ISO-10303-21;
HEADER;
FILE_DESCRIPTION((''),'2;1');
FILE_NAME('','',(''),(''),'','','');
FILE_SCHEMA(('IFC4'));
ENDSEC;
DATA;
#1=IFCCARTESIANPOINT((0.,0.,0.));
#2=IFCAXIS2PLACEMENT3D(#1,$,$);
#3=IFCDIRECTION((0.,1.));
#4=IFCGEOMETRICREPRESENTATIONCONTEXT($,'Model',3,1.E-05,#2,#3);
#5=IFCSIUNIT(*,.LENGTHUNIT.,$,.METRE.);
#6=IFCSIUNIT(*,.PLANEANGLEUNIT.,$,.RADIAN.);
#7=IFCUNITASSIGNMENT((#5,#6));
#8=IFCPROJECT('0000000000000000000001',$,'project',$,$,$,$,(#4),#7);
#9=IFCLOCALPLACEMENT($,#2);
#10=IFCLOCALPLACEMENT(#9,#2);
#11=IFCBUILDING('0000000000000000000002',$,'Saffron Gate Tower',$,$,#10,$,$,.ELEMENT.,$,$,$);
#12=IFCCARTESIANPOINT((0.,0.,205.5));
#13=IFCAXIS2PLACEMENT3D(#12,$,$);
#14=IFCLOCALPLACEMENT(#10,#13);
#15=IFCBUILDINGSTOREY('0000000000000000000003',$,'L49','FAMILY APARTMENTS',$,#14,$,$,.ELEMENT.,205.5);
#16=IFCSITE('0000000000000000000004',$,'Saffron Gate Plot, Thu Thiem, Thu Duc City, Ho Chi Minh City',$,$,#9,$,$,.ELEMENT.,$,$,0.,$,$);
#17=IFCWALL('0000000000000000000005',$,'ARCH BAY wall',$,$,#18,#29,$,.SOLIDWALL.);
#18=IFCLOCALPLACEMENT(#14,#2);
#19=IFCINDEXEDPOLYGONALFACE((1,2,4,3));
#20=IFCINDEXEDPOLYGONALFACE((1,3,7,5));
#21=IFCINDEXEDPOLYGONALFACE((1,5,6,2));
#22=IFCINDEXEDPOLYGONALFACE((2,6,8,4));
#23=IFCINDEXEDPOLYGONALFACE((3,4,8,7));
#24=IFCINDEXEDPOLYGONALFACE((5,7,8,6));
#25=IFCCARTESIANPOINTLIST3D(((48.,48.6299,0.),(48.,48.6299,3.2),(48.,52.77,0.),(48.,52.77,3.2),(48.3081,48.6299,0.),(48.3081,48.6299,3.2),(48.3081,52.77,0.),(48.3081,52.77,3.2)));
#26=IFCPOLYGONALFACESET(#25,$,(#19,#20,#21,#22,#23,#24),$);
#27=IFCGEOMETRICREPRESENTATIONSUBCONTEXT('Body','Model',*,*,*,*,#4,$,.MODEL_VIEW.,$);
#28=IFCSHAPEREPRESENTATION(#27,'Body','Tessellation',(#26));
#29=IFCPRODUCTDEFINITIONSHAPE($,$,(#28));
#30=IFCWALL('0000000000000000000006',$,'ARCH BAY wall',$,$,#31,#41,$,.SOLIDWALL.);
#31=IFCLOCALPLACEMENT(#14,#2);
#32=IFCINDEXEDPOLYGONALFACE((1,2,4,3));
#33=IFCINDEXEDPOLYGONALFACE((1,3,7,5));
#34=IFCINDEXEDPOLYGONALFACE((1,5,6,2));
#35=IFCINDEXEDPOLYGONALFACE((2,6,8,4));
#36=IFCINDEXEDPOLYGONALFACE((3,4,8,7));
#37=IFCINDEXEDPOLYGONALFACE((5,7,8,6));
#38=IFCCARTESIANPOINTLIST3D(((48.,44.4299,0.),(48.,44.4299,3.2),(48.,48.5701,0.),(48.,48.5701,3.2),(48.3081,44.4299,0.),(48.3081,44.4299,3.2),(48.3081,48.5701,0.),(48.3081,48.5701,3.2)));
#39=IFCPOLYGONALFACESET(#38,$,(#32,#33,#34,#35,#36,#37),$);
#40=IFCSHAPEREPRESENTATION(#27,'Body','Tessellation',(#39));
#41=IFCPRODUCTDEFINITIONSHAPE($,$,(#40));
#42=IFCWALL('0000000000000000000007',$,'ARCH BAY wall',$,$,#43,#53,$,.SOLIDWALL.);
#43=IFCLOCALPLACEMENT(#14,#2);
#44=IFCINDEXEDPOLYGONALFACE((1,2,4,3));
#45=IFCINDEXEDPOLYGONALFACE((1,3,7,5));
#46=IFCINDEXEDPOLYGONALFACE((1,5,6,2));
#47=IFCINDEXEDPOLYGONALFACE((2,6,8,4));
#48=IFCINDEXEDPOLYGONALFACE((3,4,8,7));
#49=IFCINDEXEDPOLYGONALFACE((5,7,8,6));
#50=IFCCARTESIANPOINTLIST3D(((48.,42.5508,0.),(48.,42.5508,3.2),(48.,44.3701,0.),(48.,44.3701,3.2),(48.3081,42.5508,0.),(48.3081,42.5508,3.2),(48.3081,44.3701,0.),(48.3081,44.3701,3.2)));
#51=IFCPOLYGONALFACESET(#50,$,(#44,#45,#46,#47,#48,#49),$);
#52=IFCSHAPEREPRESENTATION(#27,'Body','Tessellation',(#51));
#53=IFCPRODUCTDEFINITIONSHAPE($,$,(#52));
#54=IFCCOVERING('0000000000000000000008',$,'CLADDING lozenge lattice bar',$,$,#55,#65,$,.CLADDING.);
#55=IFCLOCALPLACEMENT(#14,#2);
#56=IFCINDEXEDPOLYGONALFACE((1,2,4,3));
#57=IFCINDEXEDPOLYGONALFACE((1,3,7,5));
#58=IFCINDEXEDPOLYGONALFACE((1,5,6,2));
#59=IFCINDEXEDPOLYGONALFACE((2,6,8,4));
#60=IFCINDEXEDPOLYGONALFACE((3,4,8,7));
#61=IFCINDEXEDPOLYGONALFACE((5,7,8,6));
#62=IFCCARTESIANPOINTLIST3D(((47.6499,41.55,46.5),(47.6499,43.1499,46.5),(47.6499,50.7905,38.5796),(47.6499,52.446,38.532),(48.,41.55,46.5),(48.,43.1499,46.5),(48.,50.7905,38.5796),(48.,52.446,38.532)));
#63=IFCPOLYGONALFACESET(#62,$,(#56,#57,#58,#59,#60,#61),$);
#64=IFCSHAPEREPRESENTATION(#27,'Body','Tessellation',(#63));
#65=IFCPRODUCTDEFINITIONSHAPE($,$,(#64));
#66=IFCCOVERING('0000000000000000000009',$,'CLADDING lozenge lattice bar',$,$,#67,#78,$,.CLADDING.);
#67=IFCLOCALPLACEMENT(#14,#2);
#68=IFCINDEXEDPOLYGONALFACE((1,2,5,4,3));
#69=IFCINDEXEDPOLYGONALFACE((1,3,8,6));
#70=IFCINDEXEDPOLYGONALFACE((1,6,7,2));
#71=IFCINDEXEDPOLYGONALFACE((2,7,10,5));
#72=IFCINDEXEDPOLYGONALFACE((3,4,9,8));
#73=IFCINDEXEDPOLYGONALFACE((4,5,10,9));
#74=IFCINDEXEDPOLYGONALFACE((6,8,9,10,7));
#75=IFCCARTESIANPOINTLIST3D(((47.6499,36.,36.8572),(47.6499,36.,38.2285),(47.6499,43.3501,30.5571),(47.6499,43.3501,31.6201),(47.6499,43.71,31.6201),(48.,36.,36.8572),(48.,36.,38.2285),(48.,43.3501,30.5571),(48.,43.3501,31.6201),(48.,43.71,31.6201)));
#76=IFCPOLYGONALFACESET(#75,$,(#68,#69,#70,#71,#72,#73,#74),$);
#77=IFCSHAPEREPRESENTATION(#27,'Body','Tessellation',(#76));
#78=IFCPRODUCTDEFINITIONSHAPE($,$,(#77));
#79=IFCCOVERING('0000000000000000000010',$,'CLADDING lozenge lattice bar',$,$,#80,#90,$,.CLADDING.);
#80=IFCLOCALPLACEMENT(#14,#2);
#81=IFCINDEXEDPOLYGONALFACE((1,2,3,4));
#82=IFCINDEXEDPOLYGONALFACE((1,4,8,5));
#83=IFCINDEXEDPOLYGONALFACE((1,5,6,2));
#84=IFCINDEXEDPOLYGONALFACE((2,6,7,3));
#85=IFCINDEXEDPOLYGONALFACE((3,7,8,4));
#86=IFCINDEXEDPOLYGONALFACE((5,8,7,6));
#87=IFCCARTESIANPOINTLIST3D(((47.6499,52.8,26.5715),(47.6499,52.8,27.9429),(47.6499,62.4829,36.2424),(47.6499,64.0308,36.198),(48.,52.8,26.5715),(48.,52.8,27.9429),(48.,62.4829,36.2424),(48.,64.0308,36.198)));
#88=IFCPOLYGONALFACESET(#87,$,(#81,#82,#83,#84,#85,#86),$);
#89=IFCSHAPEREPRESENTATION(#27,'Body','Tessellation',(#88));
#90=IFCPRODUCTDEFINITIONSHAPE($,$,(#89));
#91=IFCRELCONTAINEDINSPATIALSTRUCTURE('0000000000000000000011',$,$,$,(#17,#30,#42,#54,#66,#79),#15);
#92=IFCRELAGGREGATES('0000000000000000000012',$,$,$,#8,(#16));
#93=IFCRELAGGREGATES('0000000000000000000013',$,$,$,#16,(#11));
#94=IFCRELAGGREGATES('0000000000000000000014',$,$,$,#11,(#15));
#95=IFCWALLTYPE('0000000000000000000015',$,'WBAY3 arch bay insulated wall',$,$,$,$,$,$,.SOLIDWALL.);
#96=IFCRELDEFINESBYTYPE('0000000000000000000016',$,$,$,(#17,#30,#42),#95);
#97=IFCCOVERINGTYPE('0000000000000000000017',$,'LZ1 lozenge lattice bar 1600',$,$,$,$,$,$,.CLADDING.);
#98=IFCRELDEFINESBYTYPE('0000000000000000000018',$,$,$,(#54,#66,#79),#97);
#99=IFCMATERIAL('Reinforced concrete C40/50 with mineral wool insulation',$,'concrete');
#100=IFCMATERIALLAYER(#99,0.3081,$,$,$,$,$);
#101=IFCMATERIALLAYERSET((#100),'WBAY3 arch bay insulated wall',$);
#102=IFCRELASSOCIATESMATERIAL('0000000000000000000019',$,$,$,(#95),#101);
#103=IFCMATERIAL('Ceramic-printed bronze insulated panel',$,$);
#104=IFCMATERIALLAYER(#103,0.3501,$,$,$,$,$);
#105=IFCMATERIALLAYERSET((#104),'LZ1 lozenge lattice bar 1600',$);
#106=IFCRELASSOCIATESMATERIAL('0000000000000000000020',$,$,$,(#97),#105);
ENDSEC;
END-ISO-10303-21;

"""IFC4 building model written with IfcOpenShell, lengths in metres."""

from ifc_helpers import new_model, si_unit, direction, frame, frame_2d, origin, place, context, subcontext, project, spatial, polyline, rectangle, outline, extrude, material, layer, layer_set, type_object, element, save


model = new_model("IFC4")

# Units and contexts
model_context = context("Model", 3, precision=1e-05, world=origin(), true_north=direction((0.0, 1.0)))
body_context = subcontext(model_context, "Body", "Model", "MODEL_VIEW")
ifc_project = project(units=[si_unit("LENGTHUNIT", "METRE"), si_unit("PLANEANGLEUNIT", "RADIAN")], contexts=[model_context])

# Site, building, storey
site_placement = place(None, origin())
site = spatial("IfcSite", under=ifc_project, at=site_placement, Name="Saffron Gate Plot, Thu Thiem, Thu Duc City, Ho Chi Minh City", CompositionType="ELEMENT", RefElevation=0.0)
building_placement = place(site_placement, origin())
building = spatial("IfcBuilding", under=site, at=building_placement, Name="Saffron Gate Tower", CompositionType="ELEMENT")
storey_placement = place(building_placement, frame((0.0, 0.0, 205.5)))
storey = spatial("IfcBuildingStorey", under=building, at=storey_placement, Name="L49", Description="FAMILY APARTMENTS", CompositionType="ELEMENT", Elevation=205.5)

# Walls
ifc_material_1 = material(Name="Reinforced concrete C40/50 with mineral wool insulation", Category="concrete")
ifc_layer_1 = layer(ifc_material_1, 0.3081)
ifc_layer_set_1 = layer_set([ifc_layer_1], Name="WBAY3 arch bay insulated wall")
wall_type_1 = type_object("IfcWallType", Name="WBAY3 arch bay insulated wall", PredefinedType="SOLIDWALL", material=ifc_layer_set_1)
for number, where, z_axis, x_axis, name in (
    (1, (48.1541, 48.6299, 0.0), (0.0, 0.0, 1.0), (0.0, 1.0, 0.0), "ARCH BAY wall"),
    (2, (48.1541, 44.4299, 0.0), (0.0, 0.0, 1.0), (0.0, 1.0, 0.0), "ARCH BAY wall"),
):
    element("IfcWall", number, at=place(storey_placement, frame(where, z_axis=z_axis, x_axis=x_axis)), inside=storey, type_object=wall_type_1, Name=name, PredefinedType="SOLIDWALL", context=body_context, shape_type="SweptSolid", body=[
        extrude(rectangle(XDim=4.1401, YDim=0.3081, at=frame_2d((2.0701, 0.0))), origin(), (0.0, 0.0, 1.0), 3.2),
    ])
wall_1_placement = place(storey_placement, frame((48.1541, 42.5508, 0.0), z_axis=(0.0, 0.0, 1.0), x_axis=(0.0, 1.0, 0.0)))
element("IfcWall", 3, at=wall_1_placement, inside=storey, type_object=wall_type_1, Name="ARCH BAY wall", PredefinedType="SOLIDWALL", context=body_context, shape_type="SweptSolid", body=[
    extrude(rectangle(XDim=1.8193, YDim=0.3081, at=frame_2d((0.9097, 0.0))), origin(), (0.0, 0.0, 1.0), 3.2),
])

# Coverings
ifc_material_2 = material(Name="Ceramic-printed bronze insulated panel")
ifc_layer_2 = layer(ifc_material_2, 0.3501)
ifc_layer_set_2 = layer_set([ifc_layer_2], Name="LZ1 lozenge lattice bar 1600")
covering_type = type_object("IfcCoveringType", Name="LZ1 lozenge lattice bar 1600", PredefinedType="CLADDING", material=ifc_layer_set_2)
covering_1_placement = place(storey_placement, frame((47.6499, 52.446, 38.532), z_axis=(-1.0, 0.0, 0.0), x_axis=(0.0, -0.999587, 0.028745)))
element("IfcCovering", 4, at=covering_1_placement, inside=storey, type_object=covering_type, Name="CLADDING lozenge lattice bar", PredefinedType="CLADDING", context=body_context, shape_type="SweptSolid", body=[
    extrude(outline(polyline([(0.0, 0.0), (1.6562, 0.0), (11.1205, 7.6515), (9.5213, 7.6975), (0.0, 0.0)])), origin(), (0.0, 0.0, -1.0), 0.3501),
])
covering_2_placement = place(storey_placement, frame((47.6499, 43.71, 31.6201), z_axis=(-1.0, 0.0, 0.0), x_axis=(0.0, -1.0, 0.0)))
element("IfcCovering", 5, at=covering_2_placement, inside=storey, type_object=covering_type, Name="CLADDING lozenge lattice bar", PredefinedType="CLADDING", context=body_context, shape_type="SweptSolid", body=[
    extrude(outline(polyline([(0.0, 0.0), (0.3599, 0.0), (0.3599, -1.063), (7.71, 5.2371), (7.71, 6.6084), (0.0, 0.0)])), origin(), (0.0, 0.0, -1.0), 0.3501),
])
covering_3_placement = place(storey_placement, frame((47.6499, 52.8, 26.5715), z_axis=(-1.0, 0.0, 0.0), x_axis=(0.0, 0.0, 1.0)))
element("IfcCovering", 6, at=covering_3_placement, inside=storey, type_object=covering_type, Name="CLADDING lozenge lattice bar", PredefinedType="CLADDING", context=body_context, shape_type="SweptSolid", body=[
    extrude(outline(polyline([(0.0, 0.0), (1.3713, 0.0), (9.6709, 9.6829), (9.6265, 11.2307), (0.0, 0.0)])), origin(), (0.0, 0.0, -1.0), 0.3501),
])

save(model, "model.ifc")
